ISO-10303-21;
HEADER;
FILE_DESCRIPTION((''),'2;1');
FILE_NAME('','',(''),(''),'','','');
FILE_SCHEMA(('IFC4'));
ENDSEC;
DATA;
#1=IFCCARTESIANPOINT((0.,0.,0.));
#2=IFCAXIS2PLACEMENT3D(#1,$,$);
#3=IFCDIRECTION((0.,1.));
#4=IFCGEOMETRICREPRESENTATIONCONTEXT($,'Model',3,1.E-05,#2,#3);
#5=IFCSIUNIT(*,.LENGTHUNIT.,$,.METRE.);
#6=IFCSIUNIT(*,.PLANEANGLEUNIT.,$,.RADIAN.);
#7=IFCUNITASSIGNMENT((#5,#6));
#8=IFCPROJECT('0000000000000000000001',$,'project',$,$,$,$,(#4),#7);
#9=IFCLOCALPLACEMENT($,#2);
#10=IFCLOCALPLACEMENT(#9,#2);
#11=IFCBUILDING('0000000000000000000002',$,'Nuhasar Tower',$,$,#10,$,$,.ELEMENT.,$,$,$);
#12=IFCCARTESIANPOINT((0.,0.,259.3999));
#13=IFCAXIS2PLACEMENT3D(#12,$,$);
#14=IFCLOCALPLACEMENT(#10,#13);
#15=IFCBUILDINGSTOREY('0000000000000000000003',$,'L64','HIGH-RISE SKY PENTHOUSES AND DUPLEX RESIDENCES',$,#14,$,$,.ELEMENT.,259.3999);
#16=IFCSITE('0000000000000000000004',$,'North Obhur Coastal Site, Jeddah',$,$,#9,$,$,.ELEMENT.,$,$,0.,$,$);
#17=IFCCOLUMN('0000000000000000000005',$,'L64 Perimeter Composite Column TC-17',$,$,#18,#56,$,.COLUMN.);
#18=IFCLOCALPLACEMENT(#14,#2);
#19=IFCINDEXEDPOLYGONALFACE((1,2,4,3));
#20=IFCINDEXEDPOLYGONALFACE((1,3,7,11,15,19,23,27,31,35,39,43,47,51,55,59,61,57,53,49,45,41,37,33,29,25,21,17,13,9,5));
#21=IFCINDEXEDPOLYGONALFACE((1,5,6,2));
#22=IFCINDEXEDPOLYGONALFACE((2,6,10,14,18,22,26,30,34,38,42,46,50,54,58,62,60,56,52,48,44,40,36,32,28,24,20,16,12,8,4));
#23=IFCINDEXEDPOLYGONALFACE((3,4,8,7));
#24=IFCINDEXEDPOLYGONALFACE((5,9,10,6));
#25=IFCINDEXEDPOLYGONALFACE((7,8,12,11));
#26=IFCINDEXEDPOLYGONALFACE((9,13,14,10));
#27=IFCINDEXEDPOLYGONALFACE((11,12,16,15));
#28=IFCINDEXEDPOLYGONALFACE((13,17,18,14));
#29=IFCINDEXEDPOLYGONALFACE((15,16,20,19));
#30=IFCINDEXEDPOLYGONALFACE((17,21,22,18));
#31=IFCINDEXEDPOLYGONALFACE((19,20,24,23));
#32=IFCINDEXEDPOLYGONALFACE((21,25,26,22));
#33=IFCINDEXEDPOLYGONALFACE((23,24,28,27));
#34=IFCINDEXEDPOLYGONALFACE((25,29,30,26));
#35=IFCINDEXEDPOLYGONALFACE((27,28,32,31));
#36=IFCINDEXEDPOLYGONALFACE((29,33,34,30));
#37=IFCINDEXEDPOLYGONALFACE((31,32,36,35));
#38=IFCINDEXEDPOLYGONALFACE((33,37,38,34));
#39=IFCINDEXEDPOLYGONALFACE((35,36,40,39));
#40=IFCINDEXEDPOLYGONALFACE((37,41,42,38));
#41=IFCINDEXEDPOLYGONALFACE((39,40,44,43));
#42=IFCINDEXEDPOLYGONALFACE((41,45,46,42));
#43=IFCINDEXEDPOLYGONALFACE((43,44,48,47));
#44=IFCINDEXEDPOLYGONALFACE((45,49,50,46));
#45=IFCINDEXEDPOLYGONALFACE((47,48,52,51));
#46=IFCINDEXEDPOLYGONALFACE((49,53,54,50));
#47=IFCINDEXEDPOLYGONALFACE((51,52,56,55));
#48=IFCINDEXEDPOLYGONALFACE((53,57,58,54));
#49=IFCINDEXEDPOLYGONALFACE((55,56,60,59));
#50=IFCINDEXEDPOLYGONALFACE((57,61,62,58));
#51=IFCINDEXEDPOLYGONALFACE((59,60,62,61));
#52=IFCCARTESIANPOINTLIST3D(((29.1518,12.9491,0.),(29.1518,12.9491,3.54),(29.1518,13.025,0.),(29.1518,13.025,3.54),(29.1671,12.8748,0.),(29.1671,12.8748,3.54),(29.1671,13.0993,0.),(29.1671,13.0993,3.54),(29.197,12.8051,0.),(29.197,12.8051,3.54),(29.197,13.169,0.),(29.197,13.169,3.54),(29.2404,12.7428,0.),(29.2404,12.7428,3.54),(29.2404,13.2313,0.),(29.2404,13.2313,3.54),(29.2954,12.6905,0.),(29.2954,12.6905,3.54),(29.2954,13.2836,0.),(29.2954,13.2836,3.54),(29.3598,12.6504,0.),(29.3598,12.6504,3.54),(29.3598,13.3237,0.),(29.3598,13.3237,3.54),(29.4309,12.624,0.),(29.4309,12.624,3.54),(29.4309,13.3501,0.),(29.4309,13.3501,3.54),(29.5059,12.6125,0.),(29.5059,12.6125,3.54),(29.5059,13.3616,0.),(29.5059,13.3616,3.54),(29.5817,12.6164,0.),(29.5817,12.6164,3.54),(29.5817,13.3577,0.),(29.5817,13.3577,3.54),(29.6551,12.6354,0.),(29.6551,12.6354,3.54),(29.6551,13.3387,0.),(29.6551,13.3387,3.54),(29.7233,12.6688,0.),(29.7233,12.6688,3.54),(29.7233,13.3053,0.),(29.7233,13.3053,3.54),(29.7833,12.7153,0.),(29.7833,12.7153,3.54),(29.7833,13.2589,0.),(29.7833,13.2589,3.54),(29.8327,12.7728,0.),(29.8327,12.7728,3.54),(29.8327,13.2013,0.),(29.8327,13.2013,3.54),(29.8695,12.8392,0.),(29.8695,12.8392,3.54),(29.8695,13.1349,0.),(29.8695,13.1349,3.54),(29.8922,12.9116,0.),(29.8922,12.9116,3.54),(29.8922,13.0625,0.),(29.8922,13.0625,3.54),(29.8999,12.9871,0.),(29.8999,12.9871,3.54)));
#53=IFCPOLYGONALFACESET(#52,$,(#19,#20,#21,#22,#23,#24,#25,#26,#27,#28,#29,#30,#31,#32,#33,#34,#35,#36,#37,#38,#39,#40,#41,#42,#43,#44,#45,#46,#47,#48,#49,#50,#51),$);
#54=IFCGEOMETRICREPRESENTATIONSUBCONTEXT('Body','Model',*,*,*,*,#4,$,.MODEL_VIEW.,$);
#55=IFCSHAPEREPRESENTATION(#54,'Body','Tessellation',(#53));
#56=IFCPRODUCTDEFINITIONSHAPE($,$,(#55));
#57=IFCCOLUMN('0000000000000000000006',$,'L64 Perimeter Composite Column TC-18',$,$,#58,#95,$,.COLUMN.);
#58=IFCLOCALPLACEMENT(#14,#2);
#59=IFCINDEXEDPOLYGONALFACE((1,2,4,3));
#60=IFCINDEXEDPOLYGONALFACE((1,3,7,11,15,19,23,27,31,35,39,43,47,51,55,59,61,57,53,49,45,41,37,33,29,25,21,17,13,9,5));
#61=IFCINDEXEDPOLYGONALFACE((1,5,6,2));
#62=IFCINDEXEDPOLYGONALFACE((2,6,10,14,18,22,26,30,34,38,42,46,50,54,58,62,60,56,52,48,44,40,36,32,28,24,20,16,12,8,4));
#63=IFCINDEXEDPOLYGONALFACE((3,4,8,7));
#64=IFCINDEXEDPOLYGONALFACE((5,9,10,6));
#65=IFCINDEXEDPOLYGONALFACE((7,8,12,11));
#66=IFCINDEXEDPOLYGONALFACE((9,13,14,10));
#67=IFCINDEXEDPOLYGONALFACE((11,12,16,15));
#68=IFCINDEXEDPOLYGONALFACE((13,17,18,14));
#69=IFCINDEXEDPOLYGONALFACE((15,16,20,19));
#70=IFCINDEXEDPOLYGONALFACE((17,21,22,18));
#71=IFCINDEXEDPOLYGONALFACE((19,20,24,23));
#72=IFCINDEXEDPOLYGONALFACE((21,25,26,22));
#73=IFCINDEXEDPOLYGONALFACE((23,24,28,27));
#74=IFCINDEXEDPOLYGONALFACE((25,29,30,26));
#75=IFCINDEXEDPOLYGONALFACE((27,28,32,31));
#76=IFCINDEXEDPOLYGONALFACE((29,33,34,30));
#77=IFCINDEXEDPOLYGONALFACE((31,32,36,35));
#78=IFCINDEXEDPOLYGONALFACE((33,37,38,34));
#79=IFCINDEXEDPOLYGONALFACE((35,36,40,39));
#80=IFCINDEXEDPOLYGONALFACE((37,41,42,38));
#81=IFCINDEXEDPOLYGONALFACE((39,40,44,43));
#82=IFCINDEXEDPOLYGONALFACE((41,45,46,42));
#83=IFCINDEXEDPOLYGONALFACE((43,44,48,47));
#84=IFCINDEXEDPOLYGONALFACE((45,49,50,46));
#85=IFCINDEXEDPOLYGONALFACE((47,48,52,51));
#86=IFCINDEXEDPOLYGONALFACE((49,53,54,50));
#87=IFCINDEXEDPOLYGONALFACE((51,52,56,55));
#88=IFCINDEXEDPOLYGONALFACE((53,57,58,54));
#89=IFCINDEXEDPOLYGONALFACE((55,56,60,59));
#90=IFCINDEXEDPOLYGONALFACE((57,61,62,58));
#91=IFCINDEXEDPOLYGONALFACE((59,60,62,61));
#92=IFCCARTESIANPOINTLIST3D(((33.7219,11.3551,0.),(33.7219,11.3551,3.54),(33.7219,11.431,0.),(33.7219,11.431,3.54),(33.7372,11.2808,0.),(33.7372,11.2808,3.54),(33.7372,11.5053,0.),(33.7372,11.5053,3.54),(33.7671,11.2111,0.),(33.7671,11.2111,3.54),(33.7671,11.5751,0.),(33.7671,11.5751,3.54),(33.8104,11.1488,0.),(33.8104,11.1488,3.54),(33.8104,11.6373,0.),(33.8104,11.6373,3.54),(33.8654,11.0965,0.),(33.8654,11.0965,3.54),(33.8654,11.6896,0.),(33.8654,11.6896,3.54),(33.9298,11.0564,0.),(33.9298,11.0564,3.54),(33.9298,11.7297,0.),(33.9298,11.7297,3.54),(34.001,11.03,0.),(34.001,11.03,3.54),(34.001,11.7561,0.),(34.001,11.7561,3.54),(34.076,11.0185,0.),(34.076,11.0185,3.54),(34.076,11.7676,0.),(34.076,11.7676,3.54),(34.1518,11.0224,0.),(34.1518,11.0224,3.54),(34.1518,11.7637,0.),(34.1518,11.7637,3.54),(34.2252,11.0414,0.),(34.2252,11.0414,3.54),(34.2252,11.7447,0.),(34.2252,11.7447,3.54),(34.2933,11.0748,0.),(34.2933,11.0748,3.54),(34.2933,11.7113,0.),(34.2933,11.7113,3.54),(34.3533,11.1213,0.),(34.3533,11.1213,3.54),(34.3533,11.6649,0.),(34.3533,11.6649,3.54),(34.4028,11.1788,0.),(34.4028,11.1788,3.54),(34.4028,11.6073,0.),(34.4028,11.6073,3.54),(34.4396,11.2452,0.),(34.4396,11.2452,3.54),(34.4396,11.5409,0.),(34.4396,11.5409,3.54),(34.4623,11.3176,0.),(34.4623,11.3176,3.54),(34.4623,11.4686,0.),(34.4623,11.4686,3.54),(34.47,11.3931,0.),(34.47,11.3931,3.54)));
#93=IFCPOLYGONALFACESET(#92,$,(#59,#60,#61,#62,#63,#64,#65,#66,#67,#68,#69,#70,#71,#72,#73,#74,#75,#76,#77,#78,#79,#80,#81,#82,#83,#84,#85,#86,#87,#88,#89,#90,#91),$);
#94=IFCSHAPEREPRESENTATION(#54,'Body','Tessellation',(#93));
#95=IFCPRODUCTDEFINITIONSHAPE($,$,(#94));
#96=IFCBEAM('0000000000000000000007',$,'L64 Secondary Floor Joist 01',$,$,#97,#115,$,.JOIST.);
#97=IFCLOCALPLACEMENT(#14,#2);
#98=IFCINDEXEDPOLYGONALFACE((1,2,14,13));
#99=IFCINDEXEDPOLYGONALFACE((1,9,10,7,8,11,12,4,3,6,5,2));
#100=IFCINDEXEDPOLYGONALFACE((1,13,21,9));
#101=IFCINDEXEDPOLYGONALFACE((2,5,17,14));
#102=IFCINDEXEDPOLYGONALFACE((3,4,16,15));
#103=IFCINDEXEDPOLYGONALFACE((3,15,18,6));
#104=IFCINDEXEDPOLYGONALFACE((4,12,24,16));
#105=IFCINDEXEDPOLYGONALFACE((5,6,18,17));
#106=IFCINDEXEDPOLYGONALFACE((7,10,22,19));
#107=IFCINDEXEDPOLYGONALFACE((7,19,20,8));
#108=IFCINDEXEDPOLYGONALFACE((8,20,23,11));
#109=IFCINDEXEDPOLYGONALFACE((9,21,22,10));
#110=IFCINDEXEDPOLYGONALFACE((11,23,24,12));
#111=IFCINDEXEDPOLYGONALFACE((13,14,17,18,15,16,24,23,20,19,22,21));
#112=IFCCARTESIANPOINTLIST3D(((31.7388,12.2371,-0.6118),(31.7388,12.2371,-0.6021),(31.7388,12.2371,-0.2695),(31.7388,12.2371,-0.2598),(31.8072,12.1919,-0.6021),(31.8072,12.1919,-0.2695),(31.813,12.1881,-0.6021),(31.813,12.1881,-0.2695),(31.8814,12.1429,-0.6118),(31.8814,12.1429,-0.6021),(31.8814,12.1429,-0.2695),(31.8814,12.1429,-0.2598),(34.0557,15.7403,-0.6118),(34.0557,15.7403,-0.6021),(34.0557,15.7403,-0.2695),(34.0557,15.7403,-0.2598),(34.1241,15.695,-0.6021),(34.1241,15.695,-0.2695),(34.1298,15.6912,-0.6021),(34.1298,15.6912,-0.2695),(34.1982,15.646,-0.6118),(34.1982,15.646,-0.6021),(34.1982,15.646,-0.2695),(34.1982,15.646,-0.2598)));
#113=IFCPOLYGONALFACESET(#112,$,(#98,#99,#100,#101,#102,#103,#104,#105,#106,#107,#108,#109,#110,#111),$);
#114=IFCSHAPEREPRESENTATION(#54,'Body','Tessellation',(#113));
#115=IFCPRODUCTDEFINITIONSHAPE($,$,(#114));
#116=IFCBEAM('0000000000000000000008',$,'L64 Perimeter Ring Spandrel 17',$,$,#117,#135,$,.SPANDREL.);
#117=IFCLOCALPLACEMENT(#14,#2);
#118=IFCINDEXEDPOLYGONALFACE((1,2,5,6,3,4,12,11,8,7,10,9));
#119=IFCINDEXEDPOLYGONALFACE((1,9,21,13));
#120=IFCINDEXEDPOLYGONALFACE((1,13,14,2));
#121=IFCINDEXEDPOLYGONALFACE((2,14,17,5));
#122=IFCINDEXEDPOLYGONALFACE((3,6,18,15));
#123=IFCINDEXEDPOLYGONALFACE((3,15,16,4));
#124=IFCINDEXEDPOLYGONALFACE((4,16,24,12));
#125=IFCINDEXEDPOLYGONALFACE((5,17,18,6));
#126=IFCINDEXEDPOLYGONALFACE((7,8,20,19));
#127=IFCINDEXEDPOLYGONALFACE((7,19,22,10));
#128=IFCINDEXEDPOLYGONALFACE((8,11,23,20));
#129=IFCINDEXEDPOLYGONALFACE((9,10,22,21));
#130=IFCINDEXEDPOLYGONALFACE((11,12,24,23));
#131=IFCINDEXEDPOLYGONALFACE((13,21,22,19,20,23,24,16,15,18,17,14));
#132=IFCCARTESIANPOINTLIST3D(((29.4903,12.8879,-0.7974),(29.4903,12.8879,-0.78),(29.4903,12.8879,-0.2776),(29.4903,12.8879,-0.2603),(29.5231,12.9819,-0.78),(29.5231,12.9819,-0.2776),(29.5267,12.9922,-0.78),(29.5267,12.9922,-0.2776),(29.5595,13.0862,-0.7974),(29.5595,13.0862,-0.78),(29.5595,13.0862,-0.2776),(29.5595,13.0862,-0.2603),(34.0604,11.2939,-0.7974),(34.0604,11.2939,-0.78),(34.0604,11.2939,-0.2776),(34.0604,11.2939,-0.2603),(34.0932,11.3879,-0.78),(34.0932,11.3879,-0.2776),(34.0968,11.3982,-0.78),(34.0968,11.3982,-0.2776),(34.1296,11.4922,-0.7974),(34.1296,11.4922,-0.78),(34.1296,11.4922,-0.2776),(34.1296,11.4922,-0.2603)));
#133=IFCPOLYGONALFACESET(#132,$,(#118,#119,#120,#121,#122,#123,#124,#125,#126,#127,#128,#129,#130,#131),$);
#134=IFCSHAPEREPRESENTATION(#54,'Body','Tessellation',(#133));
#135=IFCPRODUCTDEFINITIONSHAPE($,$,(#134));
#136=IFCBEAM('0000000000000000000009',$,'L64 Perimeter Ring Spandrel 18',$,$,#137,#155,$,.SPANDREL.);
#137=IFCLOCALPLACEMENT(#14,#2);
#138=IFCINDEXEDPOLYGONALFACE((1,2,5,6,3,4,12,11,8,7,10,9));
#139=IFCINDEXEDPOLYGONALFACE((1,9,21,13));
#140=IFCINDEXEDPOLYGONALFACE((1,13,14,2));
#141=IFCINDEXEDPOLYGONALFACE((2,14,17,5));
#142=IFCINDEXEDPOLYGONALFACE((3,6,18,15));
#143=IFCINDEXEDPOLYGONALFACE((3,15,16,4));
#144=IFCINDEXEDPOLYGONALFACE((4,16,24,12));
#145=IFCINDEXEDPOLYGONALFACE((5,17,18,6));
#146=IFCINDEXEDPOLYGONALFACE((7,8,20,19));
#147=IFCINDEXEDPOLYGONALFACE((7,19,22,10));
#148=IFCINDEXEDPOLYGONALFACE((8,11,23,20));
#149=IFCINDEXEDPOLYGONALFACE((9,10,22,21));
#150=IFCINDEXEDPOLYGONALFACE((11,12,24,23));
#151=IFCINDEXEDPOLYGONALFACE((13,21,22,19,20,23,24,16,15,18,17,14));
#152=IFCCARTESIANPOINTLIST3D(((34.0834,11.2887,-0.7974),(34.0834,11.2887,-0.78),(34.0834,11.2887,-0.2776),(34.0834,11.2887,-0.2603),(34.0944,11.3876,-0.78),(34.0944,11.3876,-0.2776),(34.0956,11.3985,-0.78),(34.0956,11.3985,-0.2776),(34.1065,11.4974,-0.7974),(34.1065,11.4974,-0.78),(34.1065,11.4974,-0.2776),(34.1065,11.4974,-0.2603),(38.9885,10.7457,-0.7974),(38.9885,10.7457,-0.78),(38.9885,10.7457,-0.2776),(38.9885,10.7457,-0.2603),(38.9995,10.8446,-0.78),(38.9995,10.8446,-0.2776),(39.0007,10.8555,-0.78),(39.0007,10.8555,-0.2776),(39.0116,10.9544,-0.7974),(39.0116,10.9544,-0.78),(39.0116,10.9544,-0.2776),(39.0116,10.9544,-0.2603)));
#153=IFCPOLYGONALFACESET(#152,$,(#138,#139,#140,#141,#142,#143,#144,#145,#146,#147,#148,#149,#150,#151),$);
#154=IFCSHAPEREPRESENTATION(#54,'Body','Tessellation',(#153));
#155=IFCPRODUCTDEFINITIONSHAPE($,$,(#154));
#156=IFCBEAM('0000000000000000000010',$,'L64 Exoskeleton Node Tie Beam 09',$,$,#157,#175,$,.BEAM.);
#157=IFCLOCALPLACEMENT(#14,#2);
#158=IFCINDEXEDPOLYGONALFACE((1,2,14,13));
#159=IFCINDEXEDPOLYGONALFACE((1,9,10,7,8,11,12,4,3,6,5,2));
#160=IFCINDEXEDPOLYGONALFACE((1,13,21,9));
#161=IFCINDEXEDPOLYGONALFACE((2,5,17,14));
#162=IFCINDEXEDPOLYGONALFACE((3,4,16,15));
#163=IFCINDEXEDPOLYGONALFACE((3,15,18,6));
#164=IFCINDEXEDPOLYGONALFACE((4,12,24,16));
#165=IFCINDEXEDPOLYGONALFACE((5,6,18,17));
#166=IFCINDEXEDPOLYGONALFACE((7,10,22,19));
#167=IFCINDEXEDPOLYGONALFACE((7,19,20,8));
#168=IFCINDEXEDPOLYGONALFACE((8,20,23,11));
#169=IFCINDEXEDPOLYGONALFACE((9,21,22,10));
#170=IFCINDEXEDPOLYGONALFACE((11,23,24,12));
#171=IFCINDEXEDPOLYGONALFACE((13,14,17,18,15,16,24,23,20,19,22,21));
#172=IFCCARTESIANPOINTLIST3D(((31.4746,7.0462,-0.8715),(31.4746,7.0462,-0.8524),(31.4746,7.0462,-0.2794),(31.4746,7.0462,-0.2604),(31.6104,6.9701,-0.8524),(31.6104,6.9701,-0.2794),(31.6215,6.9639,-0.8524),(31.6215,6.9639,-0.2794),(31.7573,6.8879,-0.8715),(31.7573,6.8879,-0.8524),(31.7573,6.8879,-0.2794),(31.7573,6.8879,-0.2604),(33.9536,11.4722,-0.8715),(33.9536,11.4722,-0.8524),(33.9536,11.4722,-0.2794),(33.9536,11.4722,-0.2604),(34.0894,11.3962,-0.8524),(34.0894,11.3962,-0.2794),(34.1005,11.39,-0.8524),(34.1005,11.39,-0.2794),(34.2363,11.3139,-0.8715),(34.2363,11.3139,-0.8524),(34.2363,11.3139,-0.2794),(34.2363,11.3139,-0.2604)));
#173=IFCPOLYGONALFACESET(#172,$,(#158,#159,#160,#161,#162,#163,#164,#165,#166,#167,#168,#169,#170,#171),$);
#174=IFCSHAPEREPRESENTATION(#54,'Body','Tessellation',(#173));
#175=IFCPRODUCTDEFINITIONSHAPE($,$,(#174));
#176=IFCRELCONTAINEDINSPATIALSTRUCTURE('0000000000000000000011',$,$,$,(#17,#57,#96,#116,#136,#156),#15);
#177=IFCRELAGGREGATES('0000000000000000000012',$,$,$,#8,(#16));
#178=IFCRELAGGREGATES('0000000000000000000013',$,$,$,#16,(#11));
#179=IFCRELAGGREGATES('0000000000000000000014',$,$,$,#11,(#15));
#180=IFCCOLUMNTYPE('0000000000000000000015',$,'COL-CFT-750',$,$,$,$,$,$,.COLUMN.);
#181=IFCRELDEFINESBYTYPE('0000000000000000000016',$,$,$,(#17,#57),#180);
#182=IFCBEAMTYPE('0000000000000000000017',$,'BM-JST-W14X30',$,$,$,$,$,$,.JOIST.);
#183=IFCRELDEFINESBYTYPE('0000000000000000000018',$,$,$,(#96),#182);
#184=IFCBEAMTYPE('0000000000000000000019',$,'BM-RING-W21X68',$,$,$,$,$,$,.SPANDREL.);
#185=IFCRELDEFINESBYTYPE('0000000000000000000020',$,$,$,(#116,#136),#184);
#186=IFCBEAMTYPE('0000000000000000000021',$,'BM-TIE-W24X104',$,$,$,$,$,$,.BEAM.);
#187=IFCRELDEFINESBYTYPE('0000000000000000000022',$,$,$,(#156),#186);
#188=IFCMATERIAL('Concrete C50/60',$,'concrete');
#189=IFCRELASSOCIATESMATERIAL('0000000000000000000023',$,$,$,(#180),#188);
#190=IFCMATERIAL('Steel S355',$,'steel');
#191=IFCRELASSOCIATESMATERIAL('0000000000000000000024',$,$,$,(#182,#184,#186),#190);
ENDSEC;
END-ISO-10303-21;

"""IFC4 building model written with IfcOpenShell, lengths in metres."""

from ifc_helpers import new_model, si_unit, direction, frame, origin, origin_2d, place, context, subcontext, project, spatial, circle, i_section, extrude, material, material_profile, profile_set, type_object, element, save


model = new_model("IFC4")

# Units and contexts
model_context = context("Model", 3, precision=1e-05, world=origin(), true_north=direction((0.0, 1.0)))
body_context = subcontext(model_context, "Body", "Model", "MODEL_VIEW")
ifc_project = project(units=[si_unit("LENGTHUNIT", "METRE"), si_unit("PLANEANGLEUNIT", "RADIAN")], contexts=[model_context])

# Site, building, storey
site_placement = place(None, origin())
site = spatial("IfcSite", under=ifc_project, at=site_placement, Name="North Obhur Coastal Site, Jeddah", CompositionType="ELEMENT", RefElevation=0.0)
building_placement = place(site_placement, origin())
building = spatial("IfcBuilding", under=site, at=building_placement, Name="Nuhasar Tower", CompositionType="ELEMENT")
storey_placement = place(building_placement, frame((0.0, 0.0, 259.3999)))
storey = spatial("IfcBuildingStorey", under=building, at=storey_placement, Name="L64", Description="HIGH-RISE SKY PENTHOUSES AND DUPLEX RESIDENCES", CompositionType="ELEMENT", Elevation=259.3999)

# Columns
ifc_material_1 = material(Name="Concrete C50/60", Category="concrete")
ifc_material_profile_1 = material_profile(ifc_material_1, circle(Radius=0.375, at=origin_2d()), Name="CFT750")
ifc_profile_set_1 = profile_set([ifc_material_profile_1], Name="Concrete C50/60")
column_type = type_object("IfcColumnType", Name="COL-CFT-750", PredefinedType="COLUMN", material=ifc_profile_set_1)
for number, where, z_axis, x_axis, name in (
    (1, (29.5249, 12.9871, 0.0), (0.0, 0.0, 1.0), (1.0, 0.0, 0.0), "L64 Perimeter Composite Column TC-17"),
    (2, (34.095, 11.3931, 0.0), (0.0, 0.0, 1.0), (1.0, 0.0, 0.0), "L64 Perimeter Composite Column TC-18"),
):
    element("IfcColumn", number, at=place(storey_placement, frame(where, z_axis=z_axis, x_axis=x_axis)), inside=storey, type_object=column_type, Name=name, PredefinedType="COLUMN", context=body_context, shape_type="SweptSolid", body=[
        extrude(circle(Radius=0.375, at=origin_2d()), origin(), (0.0, 0.0, 1.0), 3.54),
    ])

# Beams
ifc_material_2 = material(Name="Steel S355", Category="steel")
ifc_material_profile_2 = material_profile(ifc_material_2, i_section(OverallWidth=0.1709, OverallDepth=0.3521, WebThickness=0.0068, FlangeThickness=0.0098, at=origin_2d()), Name="W14X30")
ifc_profile_set_2 = profile_set([ifc_material_profile_2], Name="Steel S355")
beam_type_1 = type_object("IfcBeamType", Name="BM-JST-W14X30", PredefinedType="JOIST", material=ifc_profile_set_2)
beam_1_placement = place(storey_placement, frame((34.127, 15.6931, -0.4358), z_axis=(-0.551638, -0.834084, 0.0), x_axis=(0.834084, -0.551638, 0.0)))
element("IfcBeam", 3, at=beam_1_placement, inside=storey, type_object=beam_type_1, Name="L64 Secondary Floor Joist 01", PredefinedType="JOIST", context=body_context, shape_type="SweptSolid", body=[
    extrude(i_section(OverallWidth=0.1709, OverallDepth=0.3521, WebThickness=0.0068, FlangeThickness=0.0098, at=origin_2d()), origin(), (0.0, 0.0, 1.0), 4.2),
])
ifc_material_profile_3 = material_profile(ifc_material_2, i_section(OverallWidth=0.21, OverallDepth=0.5371, WebThickness=0.011, FlangeThickness=0.0173, at=origin_2d()), Name="W21X68")
ifc_profile_set_3 = profile_set([ifc_material_profile_3], Name="Steel S355")
beam_type_2 = type_object("IfcBeamType", Name="BM-RING-W21X68", PredefinedType="SPANDREL", material=ifc_profile_set_3)
beam_2_placement = place(storey_placement, frame((29.5249, 12.9871, -0.5288), z_axis=(0.944214, -0.329332, 0.0), x_axis=(0.329332, 0.944214, 0.0)))
element("IfcBeam", 4, at=beam_2_placement, inside=storey, type_object=beam_type_2, Name="L64 Perimeter Ring Spandrel 17", PredefinedType="SPANDREL", context=body_context, shape_type="SweptSolid", body=[
    extrude(i_section(OverallWidth=0.21, OverallDepth=0.5371, WebThickness=0.011, FlangeThickness=0.0173, at=origin_2d()), origin(), (0.0, 0.0, 1.0), 4.8401),
])
beam_3_placement = place(storey_placement, frame((34.095, 11.3931, -0.5288), z_axis=(0.993929, -0.110024, 0.0), x_axis=(0.110024, 0.993929, 0.0)))
element("IfcBeam", 5, at=beam_3_placement, inside=storey, type_object=beam_type_2, Name="L64 Perimeter Ring Spandrel 18", PredefinedType="SPANDREL", context=body_context, shape_type="SweptSolid", body=[
    extrude(i_section(OverallWidth=0.21, OverallDepth=0.5371, WebThickness=0.011, FlangeThickness=0.0173, at=origin_2d()), origin(), (0.0, 0.0, 1.0), 4.9351),
])
ifc_material_profile_4 = material_profile(ifc_material_2, i_section(OverallWidth=0.324, OverallDepth=0.6111, WebThickness=0.0127, FlangeThickness=0.019, at=origin_2d()), Name="W24X104")
ifc_profile_set_4 = profile_set([ifc_material_profile_4], Name="Steel S355")
beam_type_3 = type_object("IfcBeamType", Name="BM-TIE-W24X104", PredefinedType="BEAM", material=ifc_profile_set_4)
beam_4_placement = place(storey_placement, frame((34.095, 11.3931, -0.5659), z_axis=(-0.488668, -0.87247, 0.0), x_axis=(0.87247, -0.488668, 0.0)))
element("IfcBeam", 6, at=beam_4_placement, inside=storey, type_object=beam_type_3, Name="L64 Exoskeleton Node Tie Beam 09", PredefinedType="BEAM", context=body_context, shape_type="SweptSolid", body=[
    extrude(i_section(OverallWidth=0.324, OverallDepth=0.6111, WebThickness=0.0127, FlangeThickness=0.019, at=origin_2d()), origin(), (0.0, 0.0, 1.0), 5.073),
])

save(model, "model.ifc")
